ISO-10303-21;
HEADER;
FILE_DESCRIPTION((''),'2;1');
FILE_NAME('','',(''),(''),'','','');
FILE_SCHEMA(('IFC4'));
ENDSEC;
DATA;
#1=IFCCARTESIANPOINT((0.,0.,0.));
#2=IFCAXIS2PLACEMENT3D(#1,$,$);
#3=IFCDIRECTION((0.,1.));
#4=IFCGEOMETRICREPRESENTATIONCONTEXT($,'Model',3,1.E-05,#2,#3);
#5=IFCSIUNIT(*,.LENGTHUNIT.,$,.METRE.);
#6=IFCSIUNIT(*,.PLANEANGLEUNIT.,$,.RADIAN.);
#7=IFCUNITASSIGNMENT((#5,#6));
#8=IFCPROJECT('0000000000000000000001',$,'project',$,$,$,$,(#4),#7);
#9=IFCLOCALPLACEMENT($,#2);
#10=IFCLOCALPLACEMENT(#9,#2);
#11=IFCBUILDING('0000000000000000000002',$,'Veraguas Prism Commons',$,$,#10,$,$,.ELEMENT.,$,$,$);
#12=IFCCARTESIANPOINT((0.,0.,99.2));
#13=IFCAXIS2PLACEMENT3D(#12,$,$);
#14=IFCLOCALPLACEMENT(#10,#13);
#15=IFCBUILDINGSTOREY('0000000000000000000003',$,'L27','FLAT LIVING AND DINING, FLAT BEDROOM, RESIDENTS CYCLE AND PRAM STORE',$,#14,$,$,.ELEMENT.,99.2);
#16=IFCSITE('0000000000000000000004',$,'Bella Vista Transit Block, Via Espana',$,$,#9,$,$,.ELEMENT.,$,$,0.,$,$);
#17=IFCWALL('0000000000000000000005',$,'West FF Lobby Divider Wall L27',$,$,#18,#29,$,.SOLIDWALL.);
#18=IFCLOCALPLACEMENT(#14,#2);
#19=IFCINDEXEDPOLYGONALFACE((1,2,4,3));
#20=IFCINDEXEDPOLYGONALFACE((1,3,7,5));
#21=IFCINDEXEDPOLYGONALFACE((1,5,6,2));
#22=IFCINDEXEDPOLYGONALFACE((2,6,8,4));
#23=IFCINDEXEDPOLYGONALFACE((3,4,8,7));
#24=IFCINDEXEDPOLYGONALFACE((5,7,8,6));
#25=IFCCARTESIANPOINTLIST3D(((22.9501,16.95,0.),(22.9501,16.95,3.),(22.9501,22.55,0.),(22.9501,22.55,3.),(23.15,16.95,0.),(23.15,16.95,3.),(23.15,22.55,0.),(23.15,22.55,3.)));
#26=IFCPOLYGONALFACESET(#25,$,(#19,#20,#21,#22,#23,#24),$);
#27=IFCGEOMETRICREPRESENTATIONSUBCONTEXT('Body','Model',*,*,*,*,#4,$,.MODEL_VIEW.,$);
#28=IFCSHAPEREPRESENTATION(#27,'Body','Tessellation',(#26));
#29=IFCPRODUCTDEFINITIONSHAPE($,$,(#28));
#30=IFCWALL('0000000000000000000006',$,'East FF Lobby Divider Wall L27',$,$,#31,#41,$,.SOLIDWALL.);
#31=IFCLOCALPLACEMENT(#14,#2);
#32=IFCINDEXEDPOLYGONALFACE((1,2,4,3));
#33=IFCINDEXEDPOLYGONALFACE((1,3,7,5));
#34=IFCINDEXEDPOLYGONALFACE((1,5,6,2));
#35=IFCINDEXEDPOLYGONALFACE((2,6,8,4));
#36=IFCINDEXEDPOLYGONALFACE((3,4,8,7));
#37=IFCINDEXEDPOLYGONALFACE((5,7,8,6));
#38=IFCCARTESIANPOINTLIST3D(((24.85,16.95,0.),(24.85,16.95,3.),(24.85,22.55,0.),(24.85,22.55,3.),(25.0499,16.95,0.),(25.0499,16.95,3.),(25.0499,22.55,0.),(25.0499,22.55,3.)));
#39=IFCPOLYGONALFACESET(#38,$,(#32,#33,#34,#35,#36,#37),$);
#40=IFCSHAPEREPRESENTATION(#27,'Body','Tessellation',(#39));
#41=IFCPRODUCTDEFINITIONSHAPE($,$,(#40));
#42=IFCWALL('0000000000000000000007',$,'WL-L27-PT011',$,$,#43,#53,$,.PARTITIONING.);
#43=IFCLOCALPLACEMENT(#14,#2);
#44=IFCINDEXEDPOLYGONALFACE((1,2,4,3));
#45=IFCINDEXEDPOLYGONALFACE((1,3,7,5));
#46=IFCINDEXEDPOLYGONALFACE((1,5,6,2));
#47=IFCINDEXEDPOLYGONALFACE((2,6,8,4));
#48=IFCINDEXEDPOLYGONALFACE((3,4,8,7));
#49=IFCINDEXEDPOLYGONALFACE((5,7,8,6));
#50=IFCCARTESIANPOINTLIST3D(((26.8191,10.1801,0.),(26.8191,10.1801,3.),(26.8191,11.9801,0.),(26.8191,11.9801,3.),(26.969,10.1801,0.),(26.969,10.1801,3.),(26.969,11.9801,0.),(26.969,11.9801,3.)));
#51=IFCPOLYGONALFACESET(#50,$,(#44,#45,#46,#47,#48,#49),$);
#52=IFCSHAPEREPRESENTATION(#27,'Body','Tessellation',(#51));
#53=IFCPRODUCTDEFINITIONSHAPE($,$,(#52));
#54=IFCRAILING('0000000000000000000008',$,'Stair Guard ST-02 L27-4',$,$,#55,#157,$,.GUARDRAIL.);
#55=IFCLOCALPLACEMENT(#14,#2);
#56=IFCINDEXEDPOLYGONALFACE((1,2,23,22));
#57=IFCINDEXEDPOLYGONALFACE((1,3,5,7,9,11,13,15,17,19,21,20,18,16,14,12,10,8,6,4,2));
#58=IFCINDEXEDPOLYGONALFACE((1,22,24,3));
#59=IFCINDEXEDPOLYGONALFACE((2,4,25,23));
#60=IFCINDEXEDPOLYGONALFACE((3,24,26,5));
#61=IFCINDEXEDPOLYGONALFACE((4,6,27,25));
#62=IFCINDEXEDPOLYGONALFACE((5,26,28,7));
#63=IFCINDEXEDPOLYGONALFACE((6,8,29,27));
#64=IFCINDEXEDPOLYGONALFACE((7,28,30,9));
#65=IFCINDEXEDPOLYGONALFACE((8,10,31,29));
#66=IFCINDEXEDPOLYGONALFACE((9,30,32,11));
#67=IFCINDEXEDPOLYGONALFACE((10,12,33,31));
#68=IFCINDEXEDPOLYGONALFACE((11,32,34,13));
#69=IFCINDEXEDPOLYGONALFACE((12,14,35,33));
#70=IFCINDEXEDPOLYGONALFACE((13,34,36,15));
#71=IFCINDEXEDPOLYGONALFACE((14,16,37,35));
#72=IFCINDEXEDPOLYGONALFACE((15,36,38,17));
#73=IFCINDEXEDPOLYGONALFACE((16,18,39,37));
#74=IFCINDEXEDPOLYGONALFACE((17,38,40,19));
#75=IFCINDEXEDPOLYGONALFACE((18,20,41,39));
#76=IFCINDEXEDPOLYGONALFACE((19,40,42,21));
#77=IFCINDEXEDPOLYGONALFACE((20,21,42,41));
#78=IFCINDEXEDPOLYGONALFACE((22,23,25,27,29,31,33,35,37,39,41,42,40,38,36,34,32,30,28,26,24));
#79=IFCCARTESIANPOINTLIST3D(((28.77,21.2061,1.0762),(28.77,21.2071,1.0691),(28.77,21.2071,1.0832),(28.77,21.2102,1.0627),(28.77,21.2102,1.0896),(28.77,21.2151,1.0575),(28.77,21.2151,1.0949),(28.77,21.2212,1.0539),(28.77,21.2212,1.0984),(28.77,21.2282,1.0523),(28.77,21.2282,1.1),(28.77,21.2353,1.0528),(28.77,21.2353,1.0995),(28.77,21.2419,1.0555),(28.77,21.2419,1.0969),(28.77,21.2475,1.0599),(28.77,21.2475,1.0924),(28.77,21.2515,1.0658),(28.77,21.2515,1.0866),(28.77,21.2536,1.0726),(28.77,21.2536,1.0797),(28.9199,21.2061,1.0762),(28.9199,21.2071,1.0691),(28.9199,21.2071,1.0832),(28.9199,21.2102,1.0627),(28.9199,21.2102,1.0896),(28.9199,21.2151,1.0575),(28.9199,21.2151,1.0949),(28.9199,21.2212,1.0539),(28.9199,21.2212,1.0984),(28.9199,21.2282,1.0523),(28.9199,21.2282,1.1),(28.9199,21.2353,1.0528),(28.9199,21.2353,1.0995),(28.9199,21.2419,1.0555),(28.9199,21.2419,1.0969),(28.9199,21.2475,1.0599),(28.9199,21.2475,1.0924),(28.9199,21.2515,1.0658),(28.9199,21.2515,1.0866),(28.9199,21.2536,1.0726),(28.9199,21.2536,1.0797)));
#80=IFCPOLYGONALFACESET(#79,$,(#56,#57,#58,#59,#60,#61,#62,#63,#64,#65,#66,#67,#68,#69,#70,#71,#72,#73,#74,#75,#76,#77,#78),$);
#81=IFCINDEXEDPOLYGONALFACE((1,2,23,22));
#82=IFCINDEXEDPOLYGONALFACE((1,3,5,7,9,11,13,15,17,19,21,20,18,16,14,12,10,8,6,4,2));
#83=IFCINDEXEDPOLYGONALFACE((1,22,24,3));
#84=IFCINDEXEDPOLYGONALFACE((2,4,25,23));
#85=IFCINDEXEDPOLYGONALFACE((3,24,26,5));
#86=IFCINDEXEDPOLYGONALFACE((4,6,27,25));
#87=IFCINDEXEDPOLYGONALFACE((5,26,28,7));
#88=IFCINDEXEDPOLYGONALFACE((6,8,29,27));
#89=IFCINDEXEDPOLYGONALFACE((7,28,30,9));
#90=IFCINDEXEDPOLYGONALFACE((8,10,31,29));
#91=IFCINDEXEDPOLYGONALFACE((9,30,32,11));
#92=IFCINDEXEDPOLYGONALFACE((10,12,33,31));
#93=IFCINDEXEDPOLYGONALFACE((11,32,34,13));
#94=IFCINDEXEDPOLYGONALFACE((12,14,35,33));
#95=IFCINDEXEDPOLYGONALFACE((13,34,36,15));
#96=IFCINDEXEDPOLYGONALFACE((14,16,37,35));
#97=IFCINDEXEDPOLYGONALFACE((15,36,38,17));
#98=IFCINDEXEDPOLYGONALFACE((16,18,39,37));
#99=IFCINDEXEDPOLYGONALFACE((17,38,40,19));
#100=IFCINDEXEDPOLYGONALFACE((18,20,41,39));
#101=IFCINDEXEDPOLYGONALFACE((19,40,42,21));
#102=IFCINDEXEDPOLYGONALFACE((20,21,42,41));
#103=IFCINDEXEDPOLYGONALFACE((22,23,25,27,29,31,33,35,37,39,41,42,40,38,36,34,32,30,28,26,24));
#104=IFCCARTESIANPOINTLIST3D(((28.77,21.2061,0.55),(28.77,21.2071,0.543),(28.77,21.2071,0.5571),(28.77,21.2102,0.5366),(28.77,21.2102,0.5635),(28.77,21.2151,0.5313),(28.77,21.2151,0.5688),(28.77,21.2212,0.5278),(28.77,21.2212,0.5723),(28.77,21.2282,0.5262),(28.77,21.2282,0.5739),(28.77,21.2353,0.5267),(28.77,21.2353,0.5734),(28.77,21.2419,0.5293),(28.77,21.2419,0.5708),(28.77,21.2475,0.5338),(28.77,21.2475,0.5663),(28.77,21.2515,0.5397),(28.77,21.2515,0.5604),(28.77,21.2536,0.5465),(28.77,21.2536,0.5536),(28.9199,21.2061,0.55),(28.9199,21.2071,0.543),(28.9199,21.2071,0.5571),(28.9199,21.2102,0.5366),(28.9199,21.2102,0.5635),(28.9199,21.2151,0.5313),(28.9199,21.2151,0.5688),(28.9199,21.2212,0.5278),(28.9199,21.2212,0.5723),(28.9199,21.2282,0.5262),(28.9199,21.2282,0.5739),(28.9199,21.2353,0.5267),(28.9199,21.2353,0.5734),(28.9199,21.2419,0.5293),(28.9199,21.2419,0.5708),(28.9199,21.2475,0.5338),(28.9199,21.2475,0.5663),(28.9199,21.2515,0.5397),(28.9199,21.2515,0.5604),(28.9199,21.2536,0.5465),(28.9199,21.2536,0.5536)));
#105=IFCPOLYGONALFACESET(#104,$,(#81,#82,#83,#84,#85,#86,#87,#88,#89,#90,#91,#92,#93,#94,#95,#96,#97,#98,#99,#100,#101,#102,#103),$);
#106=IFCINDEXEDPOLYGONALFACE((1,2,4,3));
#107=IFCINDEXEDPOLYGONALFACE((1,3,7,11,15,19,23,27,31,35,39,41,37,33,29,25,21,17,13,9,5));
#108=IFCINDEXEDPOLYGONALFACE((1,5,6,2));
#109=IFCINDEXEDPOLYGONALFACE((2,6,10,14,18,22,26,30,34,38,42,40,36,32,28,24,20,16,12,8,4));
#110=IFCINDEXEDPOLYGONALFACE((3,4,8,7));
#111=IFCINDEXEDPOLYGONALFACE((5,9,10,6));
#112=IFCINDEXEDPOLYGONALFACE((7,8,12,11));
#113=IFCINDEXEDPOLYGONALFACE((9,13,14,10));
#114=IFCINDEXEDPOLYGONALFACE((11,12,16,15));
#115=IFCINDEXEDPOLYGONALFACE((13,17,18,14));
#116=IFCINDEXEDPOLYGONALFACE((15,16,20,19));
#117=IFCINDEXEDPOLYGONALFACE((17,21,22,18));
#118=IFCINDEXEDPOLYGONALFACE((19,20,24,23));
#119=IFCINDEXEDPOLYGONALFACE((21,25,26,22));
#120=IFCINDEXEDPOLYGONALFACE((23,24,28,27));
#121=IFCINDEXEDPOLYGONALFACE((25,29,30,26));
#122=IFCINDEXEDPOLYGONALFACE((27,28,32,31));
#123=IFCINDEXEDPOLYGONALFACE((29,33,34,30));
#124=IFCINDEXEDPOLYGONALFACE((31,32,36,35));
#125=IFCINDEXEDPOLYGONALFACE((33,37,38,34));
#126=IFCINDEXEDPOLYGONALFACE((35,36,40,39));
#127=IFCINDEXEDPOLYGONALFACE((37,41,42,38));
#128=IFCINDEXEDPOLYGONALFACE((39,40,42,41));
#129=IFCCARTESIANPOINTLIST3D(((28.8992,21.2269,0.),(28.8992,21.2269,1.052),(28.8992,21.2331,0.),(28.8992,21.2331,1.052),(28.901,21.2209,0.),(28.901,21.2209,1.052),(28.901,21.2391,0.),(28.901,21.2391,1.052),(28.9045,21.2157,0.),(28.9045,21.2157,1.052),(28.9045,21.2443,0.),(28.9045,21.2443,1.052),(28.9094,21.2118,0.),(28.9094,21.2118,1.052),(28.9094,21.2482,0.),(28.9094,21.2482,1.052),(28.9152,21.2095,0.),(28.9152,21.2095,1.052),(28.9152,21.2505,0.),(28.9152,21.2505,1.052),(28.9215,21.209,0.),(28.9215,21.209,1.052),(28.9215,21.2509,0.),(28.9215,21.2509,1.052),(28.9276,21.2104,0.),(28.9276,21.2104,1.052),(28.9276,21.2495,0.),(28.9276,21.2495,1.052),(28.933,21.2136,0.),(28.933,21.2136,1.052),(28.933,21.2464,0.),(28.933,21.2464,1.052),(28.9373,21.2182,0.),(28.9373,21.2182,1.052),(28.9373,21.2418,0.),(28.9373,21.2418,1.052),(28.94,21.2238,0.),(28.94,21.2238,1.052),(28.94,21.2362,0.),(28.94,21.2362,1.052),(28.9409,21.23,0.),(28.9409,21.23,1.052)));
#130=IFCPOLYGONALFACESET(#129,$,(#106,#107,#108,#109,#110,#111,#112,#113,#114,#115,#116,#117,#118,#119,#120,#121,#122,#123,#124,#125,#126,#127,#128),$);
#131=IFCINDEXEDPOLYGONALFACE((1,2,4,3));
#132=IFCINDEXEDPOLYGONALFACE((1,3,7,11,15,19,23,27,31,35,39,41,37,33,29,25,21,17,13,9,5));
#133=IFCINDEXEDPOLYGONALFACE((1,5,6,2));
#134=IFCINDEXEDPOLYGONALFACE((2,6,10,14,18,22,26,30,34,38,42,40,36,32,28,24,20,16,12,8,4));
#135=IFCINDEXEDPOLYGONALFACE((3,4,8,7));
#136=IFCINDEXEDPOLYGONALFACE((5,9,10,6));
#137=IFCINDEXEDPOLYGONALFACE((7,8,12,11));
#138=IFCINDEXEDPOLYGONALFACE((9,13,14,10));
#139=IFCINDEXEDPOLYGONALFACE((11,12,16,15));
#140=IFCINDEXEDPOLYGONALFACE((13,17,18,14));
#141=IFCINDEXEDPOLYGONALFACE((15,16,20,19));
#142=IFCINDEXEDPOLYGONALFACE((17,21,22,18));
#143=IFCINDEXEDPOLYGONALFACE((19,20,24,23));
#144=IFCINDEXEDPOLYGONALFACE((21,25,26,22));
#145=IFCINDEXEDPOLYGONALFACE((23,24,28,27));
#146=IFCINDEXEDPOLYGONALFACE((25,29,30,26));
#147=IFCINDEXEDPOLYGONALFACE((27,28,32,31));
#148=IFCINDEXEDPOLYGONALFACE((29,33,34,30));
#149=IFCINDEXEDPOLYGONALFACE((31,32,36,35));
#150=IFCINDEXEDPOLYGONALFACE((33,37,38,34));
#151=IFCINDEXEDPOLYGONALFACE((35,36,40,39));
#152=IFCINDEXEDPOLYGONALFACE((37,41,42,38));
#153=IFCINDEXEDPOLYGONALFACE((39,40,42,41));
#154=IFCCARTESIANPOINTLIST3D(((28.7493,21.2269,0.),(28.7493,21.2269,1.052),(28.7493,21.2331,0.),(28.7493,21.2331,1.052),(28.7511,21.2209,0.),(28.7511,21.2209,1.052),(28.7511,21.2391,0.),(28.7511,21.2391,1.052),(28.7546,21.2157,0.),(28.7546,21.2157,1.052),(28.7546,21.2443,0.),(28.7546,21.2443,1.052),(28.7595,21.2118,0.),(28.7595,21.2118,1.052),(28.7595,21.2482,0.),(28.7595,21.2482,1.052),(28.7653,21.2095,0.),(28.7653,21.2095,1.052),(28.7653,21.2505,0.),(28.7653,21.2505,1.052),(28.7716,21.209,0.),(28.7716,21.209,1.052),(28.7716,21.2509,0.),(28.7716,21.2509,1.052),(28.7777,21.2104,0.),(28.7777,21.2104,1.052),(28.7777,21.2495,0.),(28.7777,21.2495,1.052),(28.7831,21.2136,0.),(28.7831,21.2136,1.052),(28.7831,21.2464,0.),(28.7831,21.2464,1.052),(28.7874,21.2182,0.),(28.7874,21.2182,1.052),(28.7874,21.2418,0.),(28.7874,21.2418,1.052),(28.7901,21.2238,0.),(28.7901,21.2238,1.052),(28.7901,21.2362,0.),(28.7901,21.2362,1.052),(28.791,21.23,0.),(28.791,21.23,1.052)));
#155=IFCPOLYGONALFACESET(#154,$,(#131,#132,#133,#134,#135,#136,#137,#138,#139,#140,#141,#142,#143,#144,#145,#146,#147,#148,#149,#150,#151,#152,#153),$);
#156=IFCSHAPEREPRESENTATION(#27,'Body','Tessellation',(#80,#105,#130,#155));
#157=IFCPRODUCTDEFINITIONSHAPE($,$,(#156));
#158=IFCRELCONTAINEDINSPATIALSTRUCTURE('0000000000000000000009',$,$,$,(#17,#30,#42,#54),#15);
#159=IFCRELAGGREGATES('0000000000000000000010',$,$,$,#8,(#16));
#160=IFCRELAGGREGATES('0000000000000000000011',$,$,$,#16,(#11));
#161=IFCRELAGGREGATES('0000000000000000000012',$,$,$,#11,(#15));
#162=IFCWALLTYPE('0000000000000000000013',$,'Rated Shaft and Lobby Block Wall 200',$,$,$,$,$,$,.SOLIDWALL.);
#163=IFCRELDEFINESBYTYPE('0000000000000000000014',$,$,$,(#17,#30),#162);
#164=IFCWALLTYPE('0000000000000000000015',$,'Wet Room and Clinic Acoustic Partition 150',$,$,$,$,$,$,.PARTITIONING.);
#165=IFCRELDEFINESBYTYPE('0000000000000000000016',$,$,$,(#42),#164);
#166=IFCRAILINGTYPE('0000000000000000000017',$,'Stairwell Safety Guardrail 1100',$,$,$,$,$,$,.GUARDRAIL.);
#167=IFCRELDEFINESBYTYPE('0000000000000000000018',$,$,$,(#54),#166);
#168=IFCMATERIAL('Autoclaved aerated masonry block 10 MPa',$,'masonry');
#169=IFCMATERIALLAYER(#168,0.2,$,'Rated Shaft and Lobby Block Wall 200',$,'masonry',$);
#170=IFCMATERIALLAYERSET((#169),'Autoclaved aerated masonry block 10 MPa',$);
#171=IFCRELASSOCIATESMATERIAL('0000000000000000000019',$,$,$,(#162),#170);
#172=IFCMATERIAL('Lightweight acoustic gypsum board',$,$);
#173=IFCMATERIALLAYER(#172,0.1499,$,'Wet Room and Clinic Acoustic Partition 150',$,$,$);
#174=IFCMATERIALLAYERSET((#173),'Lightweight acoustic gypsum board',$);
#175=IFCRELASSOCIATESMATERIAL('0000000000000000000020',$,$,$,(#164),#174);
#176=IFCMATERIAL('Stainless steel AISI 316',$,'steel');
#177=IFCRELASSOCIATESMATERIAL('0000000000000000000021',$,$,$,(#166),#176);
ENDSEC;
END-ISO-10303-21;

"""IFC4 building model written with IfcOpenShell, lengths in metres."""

from ifc_helpers import new_model, si_unit, direction, frame, frame_2d, origin, origin_2d, place, context, subcontext, project, spatial, rectangle, circle, extrude, material, layer, layer_set, type_object, element, save


model = new_model("IFC4")

# Units and contexts
model_context = context("Model", 3, precision=1e-05, world=origin(), true_north=direction((0.0, 1.0)))
body_context = subcontext(model_context, "Body", "Model", "MODEL_VIEW")
ifc_project = project(units=[si_unit("LENGTHUNIT", "METRE"), si_unit("PLANEANGLEUNIT", "RADIAN")], contexts=[model_context])

# Site, building, storey
site_placement = place(None, origin())
site = spatial("IfcSite", under=ifc_project, at=site_placement, Name="Bella Vista Transit Block, Via Espana", CompositionType="ELEMENT", RefElevation=0.0)
building_placement = place(site_placement, origin())
building = spatial("IfcBuilding", under=site, at=building_placement, Name="Veraguas Prism Commons", CompositionType="ELEMENT")
storey_placement = place(building_placement, frame((0.0, 0.0, 99.2)))
storey = spatial("IfcBuildingStorey", under=building, at=storey_placement, Name="L27", Description="FLAT LIVING AND DINING, FLAT BEDROOM, RESIDENTS CYCLE AND PRAM STORE", CompositionType="ELEMENT", Elevation=99.2)

# Shared definitions
ifc_material_1 = material(Name="Autoclaved aerated masonry block 10 MPa", Category="masonry")

# Shared definitions
ifc_material_2 = material(Name="Lightweight acoustic gypsum board")
ifc_layer_1 = layer(ifc_material_1, 0.2, Name="Rated Shaft and Lobby Block Wall 200", Category="masonry")
ifc_layer_set_1 = layer_set([ifc_layer_1], Name="Autoclaved aerated masonry block 10 MPa")
wall_type_1 = type_object("IfcWallType", Name="Rated Shaft and Lobby Block Wall 200", PredefinedType="SOLIDWALL", material=ifc_layer_set_1)
ifc_material_3 = material(Name="Stainless steel AISI 316", Category="steel")

# Walls
for number, where, z_axis, x_axis, name in (
    (1, (23.05, 16.95, 0.0), (0.0, 0.0, 1.0), (0.0, 1.0, 0.0), "West FF Lobby Divider Wall L27"),
    (2, (24.95, 16.95, 0.0), (0.0, 0.0, 1.0), (0.0, 1.0, 0.0), "East FF Lobby Divider Wall L27"),
):
    element("IfcWall", number, at=place(storey_placement, frame(where, z_axis=z_axis, x_axis=x_axis)), inside=storey, type_object=wall_type_1, Name=name, PredefinedType="SOLIDWALL", context=body_context, shape_type="SweptSolid", body=[
        extrude(rectangle(XDim=5.6001, YDim=0.2, at=frame_2d((2.8, 0.0))), origin(), (0.0, 0.0, 1.0), 3.0),
    ])
ifc_layer_2 = layer(ifc_material_2, 0.1499, Name="Wet Room and Clinic Acoustic Partition 150")
ifc_layer_set_2 = layer_set([ifc_layer_2], Name="Lightweight acoustic gypsum board")
wall_type_2 = type_object("IfcWallType", Name="Wet Room and Clinic Acoustic Partition 150", PredefinedType="PARTITIONING", material=ifc_layer_set_2)
wall_1_placement = place(storey_placement, frame((26.894, 11.98, 0.0), z_axis=(0.0, 0.0, 1.0), x_axis=(0.0, -1.0, 0.0)))
element("IfcWall", 3, at=wall_1_placement, inside=storey, type_object=wall_type_2, Name="WL-L27-PT011", PredefinedType="PARTITIONING", context=body_context, shape_type="SweptSolid", body=[
    extrude(rectangle(XDim=1.8, YDim=0.1499, at=frame_2d((0.8999, 0.0))), origin(), (0.0, 0.0, 1.0), 3.0),
])

# Railing
railing_type = type_object("IfcRailingType", Name="Stairwell Safety Guardrail 1100", PredefinedType="GUARDRAIL", material=ifc_material_3)
railing_placement = place(storey_placement, frame((28.9199, 21.23, 0.0)))
element("IfcRailing", 4, at=railing_placement, inside=storey, type_object=railing_type, Name="Stair Guard ST-02 L27-4", PredefinedType="GUARDRAIL", context=body_context, shape_type="SweptSolid", body=[
    extrude(circle(Radius=0.0239, at=origin_2d()), frame((0.0, 0.0, 1.0762), z_axis=(-1.0, 0.0, 0.0), x_axis=(0.0, -1.0, 0.0)), (0.0, 0.0, 1.0), 0.1499),
    extrude(circle(Radius=0.0239, at=origin_2d()), frame((0.0, 0.0, 0.55), z_axis=(-1.0, 0.0, 0.0), x_axis=(0.0, -1.0, 0.0)), (0.0, 0.0, 1.0), 0.1499),
    extrude(circle(Radius=0.021, at=origin_2d()), origin(), (0.0, 0.0, 1.0), 1.052),
    extrude(circle(Radius=0.021, at=origin_2d()), frame((-0.1499, 0.0, 0.0)), (0.0, 0.0, 1.0), 1.052),
])

save(model, "model.ifc")
